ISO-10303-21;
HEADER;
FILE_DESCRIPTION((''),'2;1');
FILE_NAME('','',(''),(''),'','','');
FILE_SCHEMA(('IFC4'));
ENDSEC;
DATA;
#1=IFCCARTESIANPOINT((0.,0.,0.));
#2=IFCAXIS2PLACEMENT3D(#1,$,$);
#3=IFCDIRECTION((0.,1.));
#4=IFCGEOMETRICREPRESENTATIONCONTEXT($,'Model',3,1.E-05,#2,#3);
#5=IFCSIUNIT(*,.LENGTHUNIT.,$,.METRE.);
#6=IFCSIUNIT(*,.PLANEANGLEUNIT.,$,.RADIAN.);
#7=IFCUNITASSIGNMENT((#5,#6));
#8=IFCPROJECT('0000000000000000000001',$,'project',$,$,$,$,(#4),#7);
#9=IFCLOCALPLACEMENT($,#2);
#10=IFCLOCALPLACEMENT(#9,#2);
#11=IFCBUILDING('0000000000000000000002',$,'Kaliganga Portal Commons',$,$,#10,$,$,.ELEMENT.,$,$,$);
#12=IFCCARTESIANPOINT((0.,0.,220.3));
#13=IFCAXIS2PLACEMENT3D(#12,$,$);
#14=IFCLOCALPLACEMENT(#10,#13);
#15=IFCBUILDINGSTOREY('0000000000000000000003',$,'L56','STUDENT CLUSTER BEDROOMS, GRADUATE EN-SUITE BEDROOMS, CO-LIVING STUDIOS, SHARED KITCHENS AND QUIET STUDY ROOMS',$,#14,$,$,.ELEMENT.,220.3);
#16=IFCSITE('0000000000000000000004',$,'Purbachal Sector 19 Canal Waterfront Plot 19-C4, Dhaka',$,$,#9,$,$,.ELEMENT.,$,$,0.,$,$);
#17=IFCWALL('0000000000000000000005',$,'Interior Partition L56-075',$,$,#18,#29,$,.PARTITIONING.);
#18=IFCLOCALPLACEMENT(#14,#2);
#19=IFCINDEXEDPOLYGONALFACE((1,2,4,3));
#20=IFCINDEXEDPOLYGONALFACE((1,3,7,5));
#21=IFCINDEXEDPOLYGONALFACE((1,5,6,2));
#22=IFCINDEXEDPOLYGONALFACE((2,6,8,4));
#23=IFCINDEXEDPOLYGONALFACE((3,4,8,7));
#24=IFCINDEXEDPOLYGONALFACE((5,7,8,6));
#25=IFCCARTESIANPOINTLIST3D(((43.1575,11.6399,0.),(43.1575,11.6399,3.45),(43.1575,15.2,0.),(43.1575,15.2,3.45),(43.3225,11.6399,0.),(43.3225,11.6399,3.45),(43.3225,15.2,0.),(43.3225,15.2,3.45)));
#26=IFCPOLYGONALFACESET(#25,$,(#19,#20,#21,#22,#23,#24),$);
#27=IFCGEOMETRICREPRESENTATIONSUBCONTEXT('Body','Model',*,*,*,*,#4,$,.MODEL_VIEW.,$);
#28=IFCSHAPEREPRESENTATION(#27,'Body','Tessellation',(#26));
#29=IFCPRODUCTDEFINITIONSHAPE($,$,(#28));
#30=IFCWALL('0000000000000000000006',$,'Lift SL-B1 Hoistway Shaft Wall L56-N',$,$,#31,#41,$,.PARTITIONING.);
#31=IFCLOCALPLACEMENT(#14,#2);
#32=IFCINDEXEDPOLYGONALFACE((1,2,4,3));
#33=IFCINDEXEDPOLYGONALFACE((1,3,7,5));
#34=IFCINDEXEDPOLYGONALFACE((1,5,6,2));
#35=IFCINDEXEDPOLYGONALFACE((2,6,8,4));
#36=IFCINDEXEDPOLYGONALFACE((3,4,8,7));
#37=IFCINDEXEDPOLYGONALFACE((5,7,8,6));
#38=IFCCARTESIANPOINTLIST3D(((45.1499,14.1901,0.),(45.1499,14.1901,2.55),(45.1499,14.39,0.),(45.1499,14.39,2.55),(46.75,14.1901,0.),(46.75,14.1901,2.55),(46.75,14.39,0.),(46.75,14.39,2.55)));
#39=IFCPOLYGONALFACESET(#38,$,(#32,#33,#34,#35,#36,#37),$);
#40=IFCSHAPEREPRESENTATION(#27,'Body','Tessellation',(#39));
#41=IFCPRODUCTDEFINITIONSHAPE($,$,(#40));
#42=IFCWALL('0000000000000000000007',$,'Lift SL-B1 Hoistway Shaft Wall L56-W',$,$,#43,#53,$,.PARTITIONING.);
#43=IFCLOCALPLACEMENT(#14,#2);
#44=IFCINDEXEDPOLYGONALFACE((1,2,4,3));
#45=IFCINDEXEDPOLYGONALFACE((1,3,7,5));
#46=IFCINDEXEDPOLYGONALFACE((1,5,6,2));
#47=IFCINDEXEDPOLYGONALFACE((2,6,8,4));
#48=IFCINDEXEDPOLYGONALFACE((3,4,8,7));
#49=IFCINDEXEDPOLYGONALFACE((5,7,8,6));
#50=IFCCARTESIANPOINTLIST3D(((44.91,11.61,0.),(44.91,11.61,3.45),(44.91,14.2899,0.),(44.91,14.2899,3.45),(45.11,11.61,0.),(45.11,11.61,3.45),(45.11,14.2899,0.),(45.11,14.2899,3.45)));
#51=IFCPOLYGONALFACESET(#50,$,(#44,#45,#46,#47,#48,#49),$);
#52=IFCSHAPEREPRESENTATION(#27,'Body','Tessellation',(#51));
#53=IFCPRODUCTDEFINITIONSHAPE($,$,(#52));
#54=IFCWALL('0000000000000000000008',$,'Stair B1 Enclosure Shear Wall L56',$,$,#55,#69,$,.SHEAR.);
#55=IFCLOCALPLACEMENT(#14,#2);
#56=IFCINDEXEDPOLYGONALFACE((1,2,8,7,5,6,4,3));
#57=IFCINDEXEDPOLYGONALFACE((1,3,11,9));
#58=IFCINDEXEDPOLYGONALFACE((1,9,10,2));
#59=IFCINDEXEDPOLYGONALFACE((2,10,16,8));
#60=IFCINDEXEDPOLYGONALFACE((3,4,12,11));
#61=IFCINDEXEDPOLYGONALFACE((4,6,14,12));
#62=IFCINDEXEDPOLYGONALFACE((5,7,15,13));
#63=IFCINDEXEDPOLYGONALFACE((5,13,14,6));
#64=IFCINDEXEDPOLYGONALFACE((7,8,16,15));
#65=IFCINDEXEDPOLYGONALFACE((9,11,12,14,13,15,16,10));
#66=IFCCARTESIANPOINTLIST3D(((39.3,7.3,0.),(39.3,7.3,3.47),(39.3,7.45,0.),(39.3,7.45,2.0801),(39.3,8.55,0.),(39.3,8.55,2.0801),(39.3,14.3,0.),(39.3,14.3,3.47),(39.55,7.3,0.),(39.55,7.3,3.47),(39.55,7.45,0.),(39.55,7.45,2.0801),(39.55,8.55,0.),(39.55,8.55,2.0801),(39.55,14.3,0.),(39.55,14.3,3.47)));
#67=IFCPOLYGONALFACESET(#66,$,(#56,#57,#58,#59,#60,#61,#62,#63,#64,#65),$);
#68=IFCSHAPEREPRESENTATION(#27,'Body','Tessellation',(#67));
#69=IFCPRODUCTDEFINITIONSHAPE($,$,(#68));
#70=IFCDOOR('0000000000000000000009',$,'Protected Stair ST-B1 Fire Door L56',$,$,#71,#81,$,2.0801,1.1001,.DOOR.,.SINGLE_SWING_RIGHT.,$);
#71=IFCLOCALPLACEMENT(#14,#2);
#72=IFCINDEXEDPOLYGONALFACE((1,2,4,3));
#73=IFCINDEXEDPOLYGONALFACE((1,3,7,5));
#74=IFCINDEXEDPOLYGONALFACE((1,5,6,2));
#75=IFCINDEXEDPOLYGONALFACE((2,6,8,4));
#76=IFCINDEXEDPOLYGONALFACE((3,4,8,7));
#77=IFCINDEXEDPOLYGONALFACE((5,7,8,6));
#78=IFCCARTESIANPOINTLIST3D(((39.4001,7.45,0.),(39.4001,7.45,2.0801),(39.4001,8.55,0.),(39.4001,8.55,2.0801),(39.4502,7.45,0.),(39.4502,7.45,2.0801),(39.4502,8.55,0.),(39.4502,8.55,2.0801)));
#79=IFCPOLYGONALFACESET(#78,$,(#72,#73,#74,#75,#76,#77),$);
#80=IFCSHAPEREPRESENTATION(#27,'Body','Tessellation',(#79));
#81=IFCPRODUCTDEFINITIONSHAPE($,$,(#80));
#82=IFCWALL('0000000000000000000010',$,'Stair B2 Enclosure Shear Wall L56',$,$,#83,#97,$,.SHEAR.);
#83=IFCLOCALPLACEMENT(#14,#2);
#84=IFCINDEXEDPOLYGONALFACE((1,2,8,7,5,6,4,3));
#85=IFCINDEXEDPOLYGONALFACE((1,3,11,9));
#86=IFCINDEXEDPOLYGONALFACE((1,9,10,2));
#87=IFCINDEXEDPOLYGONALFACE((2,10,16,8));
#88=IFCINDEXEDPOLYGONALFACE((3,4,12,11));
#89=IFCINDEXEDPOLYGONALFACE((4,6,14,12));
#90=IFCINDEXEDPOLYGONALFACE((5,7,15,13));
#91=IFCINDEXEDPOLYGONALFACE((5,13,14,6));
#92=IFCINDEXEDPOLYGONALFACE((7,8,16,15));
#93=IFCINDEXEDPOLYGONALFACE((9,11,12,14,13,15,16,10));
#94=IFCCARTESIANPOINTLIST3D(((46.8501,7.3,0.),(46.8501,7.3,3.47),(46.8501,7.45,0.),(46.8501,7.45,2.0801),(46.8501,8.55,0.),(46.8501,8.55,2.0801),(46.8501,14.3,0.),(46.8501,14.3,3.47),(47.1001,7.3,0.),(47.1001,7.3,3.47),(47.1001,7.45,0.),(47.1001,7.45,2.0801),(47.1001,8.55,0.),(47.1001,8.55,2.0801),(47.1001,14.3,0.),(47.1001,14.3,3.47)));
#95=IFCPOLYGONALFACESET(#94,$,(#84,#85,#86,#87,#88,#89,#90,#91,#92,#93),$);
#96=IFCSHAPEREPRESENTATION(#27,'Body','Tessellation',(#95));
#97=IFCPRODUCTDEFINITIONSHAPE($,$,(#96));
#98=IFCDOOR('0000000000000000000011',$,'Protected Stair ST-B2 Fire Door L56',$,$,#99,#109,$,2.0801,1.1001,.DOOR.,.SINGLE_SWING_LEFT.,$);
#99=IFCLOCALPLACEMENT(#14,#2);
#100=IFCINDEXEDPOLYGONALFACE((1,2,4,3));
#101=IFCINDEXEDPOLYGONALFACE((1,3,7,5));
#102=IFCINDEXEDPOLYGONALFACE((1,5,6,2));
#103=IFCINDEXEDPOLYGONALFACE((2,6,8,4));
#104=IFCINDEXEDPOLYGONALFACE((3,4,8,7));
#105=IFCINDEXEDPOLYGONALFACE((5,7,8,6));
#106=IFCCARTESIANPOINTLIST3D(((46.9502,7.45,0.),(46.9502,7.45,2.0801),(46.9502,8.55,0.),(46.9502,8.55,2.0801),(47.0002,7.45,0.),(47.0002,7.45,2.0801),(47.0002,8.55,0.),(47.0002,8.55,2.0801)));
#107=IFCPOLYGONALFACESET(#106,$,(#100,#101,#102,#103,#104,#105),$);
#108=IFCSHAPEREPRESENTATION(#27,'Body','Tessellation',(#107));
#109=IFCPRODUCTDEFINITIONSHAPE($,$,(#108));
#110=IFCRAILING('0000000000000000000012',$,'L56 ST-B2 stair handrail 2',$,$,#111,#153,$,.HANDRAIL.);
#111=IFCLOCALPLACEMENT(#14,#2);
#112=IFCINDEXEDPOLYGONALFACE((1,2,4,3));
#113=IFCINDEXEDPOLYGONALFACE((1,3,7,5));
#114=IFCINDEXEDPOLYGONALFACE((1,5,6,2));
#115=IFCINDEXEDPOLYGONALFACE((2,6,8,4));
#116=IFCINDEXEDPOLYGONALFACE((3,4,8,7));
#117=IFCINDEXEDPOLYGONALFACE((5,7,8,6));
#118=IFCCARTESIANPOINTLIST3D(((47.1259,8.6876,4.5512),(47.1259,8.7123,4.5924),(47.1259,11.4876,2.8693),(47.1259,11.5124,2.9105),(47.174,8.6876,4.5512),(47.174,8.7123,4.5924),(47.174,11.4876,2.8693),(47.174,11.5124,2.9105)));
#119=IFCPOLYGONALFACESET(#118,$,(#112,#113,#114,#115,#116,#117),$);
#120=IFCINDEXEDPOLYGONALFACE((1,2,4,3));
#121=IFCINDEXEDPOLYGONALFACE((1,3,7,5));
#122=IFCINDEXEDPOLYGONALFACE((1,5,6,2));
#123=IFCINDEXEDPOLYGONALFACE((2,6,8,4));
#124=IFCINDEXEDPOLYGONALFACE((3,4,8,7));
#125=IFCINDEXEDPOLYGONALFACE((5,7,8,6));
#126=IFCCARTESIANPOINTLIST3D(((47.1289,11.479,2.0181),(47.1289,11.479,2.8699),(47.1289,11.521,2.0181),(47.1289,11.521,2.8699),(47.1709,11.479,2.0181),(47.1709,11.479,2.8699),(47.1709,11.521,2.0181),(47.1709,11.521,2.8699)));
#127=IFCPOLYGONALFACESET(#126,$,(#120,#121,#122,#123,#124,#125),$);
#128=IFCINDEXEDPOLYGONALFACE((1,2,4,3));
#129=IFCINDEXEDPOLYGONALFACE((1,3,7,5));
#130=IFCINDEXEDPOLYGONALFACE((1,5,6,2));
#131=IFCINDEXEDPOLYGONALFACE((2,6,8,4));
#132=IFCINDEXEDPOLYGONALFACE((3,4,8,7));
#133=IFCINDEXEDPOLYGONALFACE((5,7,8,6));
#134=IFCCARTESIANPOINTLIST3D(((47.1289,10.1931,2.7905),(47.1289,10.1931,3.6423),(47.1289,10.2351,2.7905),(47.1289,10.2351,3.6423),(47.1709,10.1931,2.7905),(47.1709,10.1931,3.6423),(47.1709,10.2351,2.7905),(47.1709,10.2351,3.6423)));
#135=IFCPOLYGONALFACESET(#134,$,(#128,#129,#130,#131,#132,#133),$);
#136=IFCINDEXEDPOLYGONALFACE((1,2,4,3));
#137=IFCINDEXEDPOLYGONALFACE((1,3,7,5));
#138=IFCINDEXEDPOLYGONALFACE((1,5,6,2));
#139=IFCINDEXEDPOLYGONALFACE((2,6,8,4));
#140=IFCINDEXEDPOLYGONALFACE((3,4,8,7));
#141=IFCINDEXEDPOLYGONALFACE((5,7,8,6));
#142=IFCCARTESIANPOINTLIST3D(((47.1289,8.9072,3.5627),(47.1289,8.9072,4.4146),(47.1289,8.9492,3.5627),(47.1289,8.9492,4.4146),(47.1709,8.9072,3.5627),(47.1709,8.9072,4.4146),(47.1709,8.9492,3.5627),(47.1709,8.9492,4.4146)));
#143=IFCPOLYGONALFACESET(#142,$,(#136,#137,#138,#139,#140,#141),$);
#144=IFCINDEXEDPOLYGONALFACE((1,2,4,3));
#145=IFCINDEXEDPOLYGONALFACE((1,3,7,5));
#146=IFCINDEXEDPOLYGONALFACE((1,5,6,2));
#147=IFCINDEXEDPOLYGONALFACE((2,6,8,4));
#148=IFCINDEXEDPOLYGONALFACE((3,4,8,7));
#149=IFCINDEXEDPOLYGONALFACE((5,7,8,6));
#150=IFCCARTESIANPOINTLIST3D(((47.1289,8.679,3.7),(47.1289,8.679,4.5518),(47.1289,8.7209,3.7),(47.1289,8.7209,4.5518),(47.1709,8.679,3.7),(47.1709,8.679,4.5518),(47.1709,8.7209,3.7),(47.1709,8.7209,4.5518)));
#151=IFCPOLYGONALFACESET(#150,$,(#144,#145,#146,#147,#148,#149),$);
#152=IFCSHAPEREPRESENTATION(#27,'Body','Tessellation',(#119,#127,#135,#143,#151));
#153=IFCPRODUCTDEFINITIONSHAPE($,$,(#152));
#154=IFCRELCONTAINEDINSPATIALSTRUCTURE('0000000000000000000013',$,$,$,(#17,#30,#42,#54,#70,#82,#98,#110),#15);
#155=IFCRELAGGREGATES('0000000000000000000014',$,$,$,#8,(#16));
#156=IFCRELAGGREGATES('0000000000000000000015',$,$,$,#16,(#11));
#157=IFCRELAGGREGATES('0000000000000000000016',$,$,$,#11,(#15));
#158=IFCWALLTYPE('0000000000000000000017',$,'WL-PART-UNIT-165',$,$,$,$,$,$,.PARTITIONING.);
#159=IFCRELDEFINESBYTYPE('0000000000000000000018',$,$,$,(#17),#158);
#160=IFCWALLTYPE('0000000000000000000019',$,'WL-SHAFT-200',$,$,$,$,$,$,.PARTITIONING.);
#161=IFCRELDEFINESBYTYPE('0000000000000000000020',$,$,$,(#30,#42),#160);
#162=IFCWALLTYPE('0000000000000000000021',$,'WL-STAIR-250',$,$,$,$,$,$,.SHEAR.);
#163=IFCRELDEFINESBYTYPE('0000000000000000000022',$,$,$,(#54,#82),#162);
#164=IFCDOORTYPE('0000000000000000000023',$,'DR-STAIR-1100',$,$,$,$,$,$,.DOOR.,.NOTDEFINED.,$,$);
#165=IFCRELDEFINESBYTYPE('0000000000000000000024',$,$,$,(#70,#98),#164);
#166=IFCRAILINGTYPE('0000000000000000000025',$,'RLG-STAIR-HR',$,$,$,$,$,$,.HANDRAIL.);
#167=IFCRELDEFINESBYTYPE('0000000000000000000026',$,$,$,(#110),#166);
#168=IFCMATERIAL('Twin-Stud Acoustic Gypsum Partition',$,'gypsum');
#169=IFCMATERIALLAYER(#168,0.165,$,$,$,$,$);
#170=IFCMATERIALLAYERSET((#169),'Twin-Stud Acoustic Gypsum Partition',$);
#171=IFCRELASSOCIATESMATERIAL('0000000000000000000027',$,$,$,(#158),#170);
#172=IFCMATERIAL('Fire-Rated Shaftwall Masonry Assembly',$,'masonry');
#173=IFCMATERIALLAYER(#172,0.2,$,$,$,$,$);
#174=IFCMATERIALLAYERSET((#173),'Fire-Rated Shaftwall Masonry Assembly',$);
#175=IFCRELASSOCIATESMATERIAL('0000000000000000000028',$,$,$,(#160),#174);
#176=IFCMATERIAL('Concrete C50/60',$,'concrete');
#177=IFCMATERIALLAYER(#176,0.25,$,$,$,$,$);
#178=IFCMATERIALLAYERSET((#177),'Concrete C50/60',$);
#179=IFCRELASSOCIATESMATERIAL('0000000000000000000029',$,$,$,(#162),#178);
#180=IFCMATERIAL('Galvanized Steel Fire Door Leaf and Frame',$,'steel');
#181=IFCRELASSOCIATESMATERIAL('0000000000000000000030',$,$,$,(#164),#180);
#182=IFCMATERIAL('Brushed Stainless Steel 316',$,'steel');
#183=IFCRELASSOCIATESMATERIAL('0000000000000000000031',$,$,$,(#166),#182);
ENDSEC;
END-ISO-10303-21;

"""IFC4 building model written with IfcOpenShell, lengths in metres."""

from ifc_helpers import new_model, si_unit, direction, frame, frame_2d, origin, origin_2d, place, context, subcontext, project, spatial, rectangle, extrude, material, layer, layer_set, type_object, element, fill, save


model = new_model("IFC4")

# Units and contexts
model_context = context("Model", 3, precision=1e-05, world=origin(), true_north=direction((0.0, 1.0)))
body_context = subcontext(model_context, "Body", "Model", "MODEL_VIEW")
ifc_project = project(units=[si_unit("LENGTHUNIT", "METRE"), si_unit("PLANEANGLEUNIT", "RADIAN")], contexts=[model_context])

# Site, building, storey
site_placement = place(None, origin())
site = spatial("IfcSite", under=ifc_project, at=site_placement, Name="Purbachal Sector 19 Canal Waterfront Plot 19-C4, Dhaka", CompositionType="ELEMENT", RefElevation=0.0)
building_placement = place(site_placement, origin())
building = spatial("IfcBuilding", under=site, at=building_placement, Name="Kaliganga Portal Commons", CompositionType="ELEMENT")
storey_placement = place(building_placement, frame((0.0, 0.0, 220.3)))
storey = spatial("IfcBuildingStorey", under=building, at=storey_placement, Name="L56", Description="STUDENT CLUSTER BEDROOMS, GRADUATE EN-SUITE BEDROOMS, CO-LIVING STUDIOS, SHARED KITCHENS AND QUIET STUDY ROOMS", CompositionType="ELEMENT", Elevation=220.3)

# Shared definitions
ifc_material_1 = material(Name="Concrete C50/60", Category="concrete")

# Wall
ifc_material_2 = material(Name="Twin-Stud Acoustic Gypsum Partition", Category="gypsum")
ifc_layer_1 = layer(ifc_material_2, 0.165)
ifc_layer_set_1 = layer_set([ifc_layer_1], Name="Twin-Stud Acoustic Gypsum Partition")
wall_type_1 = type_object("IfcWallType", Name="WL-PART-UNIT-165", PredefinedType="PARTITIONING", material=ifc_layer_set_1)
wall_1_placement = place(storey_placement, frame((43.24, 11.6399, 0.0), z_axis=(0.0, 0.0, 1.0), x_axis=(0.0, 1.0, 0.0)))
element("IfcWall", 1, at=wall_1_placement, inside=storey, type_object=wall_type_1, Name="Interior Partition L56-075", PredefinedType="PARTITIONING", context=body_context, shape_type="SweptSolid", body=[
    extrude(rectangle(XDim=3.5601, YDim=0.165, at=frame_2d((1.78, 0.0))), origin(), (0.0, 0.0, 1.0), 3.45),
])

# Shared definitions
ifc_material_3 = material(Name="Fire-Rated Shaftwall Masonry Assembly", Category="masonry")
ifc_layer_2 = layer(ifc_material_3, 0.2)
ifc_layer_set_2 = layer_set([ifc_layer_2], Name="Fire-Rated Shaftwall Masonry Assembly")
wall_type_2 = type_object("IfcWallType", Name="WL-SHAFT-200", PredefinedType="PARTITIONING", material=ifc_layer_set_2)

# Walls
wall_2_placement = place(storey_placement, frame((45.1499, 14.29, 0.0), z_axis=(0.0, 0.0, 1.0), x_axis=(1.0, 0.0, 0.0)))
element("IfcWall", 2, at=wall_2_placement, inside=storey, type_object=wall_type_2, Name="Lift SL-B1 Hoistway Shaft Wall L56-N", PredefinedType="PARTITIONING", context=body_context, shape_type="SweptSolid", body=[
    extrude(rectangle(XDim=1.6001, YDim=0.2, at=frame_2d((0.8, 0.0))), origin(), (0.0, 0.0, 1.0), 2.55),
])
wall_3_placement = place(storey_placement, frame((45.01, 11.6101, 0.0), z_axis=(0.0, 0.0, 1.0), x_axis=(0.0, 1.0, 0.0)))
element("IfcWall", 3, at=wall_3_placement, inside=storey, type_object=wall_type_2, Name="Lift SL-B1 Hoistway Shaft Wall L56-W", PredefinedType="PARTITIONING", context=body_context, shape_type="SweptSolid", body=[
    extrude(rectangle(XDim=2.6799, YDim=0.2, at=frame_2d((1.3398, 0.0))), origin(), (0.0, 0.0, 1.0), 3.45),
])

# Walls, openings, doors
ifc_layer_3 = layer(ifc_material_1, 0.25)
ifc_layer_set_3 = layer_set([ifc_layer_3], Name="Concrete C50/60")
wall_type_3 = type_object("IfcWallType", Name="WL-STAIR-250", PredefinedType="SHEAR", material=ifc_layer_set_3)
wall_4_placement = place(storey_placement, frame((39.425, 7.3, 0.0), z_axis=(0.0, 0.0, 1.0), x_axis=(0.0, 1.0, 0.0)))
wall_4 = element("IfcWall", 4, at=wall_4_placement, inside=storey, type_object=wall_type_3, Name="Stair B1 Enclosure Shear Wall L56", PredefinedType="SHEAR", context=body_context, shape_type="SweptSolid", body=[
    extrude(rectangle(XDim=7.0, YDim=0.25, at=frame_2d((3.5, 0.0))), origin(), (0.0, 0.0, 1.0), 3.47),
])
opening_1_placement = place(wall_4_placement, frame((0.1499, 0.0, 0.0)))
opening_1 = element("IfcOpeningElement", 5, at=opening_1_placement, cuts=wall_4, PredefinedType="OPENING", context=body_context, shape_type="SweptSolid", body=[
    extrude(rectangle(XDim=1.1001, YDim=2.0801, at=frame_2d((0.55, 1.04))), frame((0.0, 0.135, 0.0), z_axis=(0.0, -1.0, 0.0), x_axis=(1.0, 0.0, 0.0)), (0.0, 0.0, 1.0), 0.27),
])
ifc_material_4 = material(Name="Galvanized Steel Fire Door Leaf and Frame", Category="steel")
door_type_1 = type_object("IfcDoorType", Name="DR-STAIR-1100", OperationType="NOTDEFINED", PredefinedType="DOOR", material=ifc_material_4)
door_1_placement = place(opening_1_placement, origin())
door_1 = element("IfcDoor", 6, at=door_1_placement, inside=storey, type_object=door_type_1, Name="Protected Stair ST-B1 Fire Door L56", OperationType="SINGLE_SWING_RIGHT", OverallHeight=2.0801, OverallWidth=1.1001, PredefinedType="DOOR", context=body_context, shape_type="SweptSolid", body=[
    extrude(rectangle(XDim=1.1001, YDim=2.0801, at=frame_2d((0.55, 1.04))), frame((0.0, 0.0249, 0.0), z_axis=(0.0, -1.0, 0.0), x_axis=(1.0, 0.0, 0.0)), (0.0, 0.0, 1.0), 0.05),
])
fill(opening_1, door_1)
wall_5_placement = place(storey_placement, frame((46.9751, 7.3, 0.0), z_axis=(0.0, 0.0, 1.0), x_axis=(0.0, 1.0, 0.0)))
wall_5 = element("IfcWall", 7, at=wall_5_placement, inside=storey, type_object=wall_type_3, Name="Stair B2 Enclosure Shear Wall L56", PredefinedType="SHEAR", context=body_context, shape_type="SweptSolid", body=[
    extrude(rectangle(XDim=7.0, YDim=0.25, at=frame_2d((3.5, 0.0))), origin(), (0.0, 0.0, 1.0), 3.47),
])
opening_2_placement = place(wall_5_placement, frame((0.1499, 0.0, 0.0)))
opening_2 = element("IfcOpeningElement", 8, at=opening_2_placement, cuts=wall_5, PredefinedType="OPENING", context=body_context, shape_type="SweptSolid", body=[
    extrude(rectangle(XDim=1.1001, YDim=2.0801, at=frame_2d((0.55, 1.04))), frame((0.0, 0.135, 0.0), z_axis=(0.0, -1.0, 0.0), x_axis=(1.0, 0.0, 0.0)), (0.0, 0.0, 1.0), 0.27),
])
door_2_placement = place(opening_2_placement, origin())
door_2 = element("IfcDoor", 9, at=door_2_placement, inside=storey, type_object=door_type_1, Name="Protected Stair ST-B2 Fire Door L56", OperationType="SINGLE_SWING_LEFT", OverallHeight=2.0801, OverallWidth=1.1001, PredefinedType="DOOR", context=body_context, shape_type="SweptSolid", body=[
    extrude(rectangle(XDim=1.1001, YDim=2.0801, at=frame_2d((0.55, 1.04))), frame((0.0, 0.0249, 0.0), z_axis=(0.0, -1.0, 0.0), x_axis=(1.0, 0.0, 0.0)), (0.0, 0.0, 1.0), 0.05),
])
fill(opening_2, door_2)

# Railing
ifc_material_5 = material(Name="Brushed Stainless Steel 316", Category="steel")
railing_type = type_object("IfcRailingType", Name="RLG-STAIR-HR", PredefinedType="HANDRAIL", material=ifc_material_5)
railing_placement = place(storey_placement, frame((47.1499, 11.5, 2.0181)))
element("IfcRailing", 10, at=railing_placement, inside=storey, type_object=railing_type, Name="L56 ST-B2 stair handrail 2", PredefinedType="HANDRAIL", context=body_context, shape_type="SweptSolid", body=[
    extrude(rectangle(XDim=0.0481, YDim=0.0481, at=origin_2d()), frame((0.0, 0.0, 0.8718), z_axis=(0.0, -0.857242, 0.514913), x_axis=(1.0, 0.0, 0.0)), (0.0, 0.0, 1.0), 3.2664),
    extrude(rectangle(XDim=0.042, YDim=0.042, at=origin_2d()), origin(), (0.0, 0.0, 1.0), 0.8518),
    extrude(rectangle(XDim=0.042, YDim=0.042, at=origin_2d()), frame((0.0, -1.2859, 0.7725)), (0.0, 0.0, 1.0), 0.8518),
    extrude(rectangle(XDim=0.042, YDim=0.042, at=origin_2d()), frame((0.0, -2.5718, 1.5447)), (0.0, 0.0, 1.0), 0.8518),
    extrude(rectangle(XDim=0.042, YDim=0.042, at=origin_2d()), frame((0.0, -2.8, 1.6819)), (0.0, 0.0, 1.0), 0.8518),
])

save(model, "model.ifc")
